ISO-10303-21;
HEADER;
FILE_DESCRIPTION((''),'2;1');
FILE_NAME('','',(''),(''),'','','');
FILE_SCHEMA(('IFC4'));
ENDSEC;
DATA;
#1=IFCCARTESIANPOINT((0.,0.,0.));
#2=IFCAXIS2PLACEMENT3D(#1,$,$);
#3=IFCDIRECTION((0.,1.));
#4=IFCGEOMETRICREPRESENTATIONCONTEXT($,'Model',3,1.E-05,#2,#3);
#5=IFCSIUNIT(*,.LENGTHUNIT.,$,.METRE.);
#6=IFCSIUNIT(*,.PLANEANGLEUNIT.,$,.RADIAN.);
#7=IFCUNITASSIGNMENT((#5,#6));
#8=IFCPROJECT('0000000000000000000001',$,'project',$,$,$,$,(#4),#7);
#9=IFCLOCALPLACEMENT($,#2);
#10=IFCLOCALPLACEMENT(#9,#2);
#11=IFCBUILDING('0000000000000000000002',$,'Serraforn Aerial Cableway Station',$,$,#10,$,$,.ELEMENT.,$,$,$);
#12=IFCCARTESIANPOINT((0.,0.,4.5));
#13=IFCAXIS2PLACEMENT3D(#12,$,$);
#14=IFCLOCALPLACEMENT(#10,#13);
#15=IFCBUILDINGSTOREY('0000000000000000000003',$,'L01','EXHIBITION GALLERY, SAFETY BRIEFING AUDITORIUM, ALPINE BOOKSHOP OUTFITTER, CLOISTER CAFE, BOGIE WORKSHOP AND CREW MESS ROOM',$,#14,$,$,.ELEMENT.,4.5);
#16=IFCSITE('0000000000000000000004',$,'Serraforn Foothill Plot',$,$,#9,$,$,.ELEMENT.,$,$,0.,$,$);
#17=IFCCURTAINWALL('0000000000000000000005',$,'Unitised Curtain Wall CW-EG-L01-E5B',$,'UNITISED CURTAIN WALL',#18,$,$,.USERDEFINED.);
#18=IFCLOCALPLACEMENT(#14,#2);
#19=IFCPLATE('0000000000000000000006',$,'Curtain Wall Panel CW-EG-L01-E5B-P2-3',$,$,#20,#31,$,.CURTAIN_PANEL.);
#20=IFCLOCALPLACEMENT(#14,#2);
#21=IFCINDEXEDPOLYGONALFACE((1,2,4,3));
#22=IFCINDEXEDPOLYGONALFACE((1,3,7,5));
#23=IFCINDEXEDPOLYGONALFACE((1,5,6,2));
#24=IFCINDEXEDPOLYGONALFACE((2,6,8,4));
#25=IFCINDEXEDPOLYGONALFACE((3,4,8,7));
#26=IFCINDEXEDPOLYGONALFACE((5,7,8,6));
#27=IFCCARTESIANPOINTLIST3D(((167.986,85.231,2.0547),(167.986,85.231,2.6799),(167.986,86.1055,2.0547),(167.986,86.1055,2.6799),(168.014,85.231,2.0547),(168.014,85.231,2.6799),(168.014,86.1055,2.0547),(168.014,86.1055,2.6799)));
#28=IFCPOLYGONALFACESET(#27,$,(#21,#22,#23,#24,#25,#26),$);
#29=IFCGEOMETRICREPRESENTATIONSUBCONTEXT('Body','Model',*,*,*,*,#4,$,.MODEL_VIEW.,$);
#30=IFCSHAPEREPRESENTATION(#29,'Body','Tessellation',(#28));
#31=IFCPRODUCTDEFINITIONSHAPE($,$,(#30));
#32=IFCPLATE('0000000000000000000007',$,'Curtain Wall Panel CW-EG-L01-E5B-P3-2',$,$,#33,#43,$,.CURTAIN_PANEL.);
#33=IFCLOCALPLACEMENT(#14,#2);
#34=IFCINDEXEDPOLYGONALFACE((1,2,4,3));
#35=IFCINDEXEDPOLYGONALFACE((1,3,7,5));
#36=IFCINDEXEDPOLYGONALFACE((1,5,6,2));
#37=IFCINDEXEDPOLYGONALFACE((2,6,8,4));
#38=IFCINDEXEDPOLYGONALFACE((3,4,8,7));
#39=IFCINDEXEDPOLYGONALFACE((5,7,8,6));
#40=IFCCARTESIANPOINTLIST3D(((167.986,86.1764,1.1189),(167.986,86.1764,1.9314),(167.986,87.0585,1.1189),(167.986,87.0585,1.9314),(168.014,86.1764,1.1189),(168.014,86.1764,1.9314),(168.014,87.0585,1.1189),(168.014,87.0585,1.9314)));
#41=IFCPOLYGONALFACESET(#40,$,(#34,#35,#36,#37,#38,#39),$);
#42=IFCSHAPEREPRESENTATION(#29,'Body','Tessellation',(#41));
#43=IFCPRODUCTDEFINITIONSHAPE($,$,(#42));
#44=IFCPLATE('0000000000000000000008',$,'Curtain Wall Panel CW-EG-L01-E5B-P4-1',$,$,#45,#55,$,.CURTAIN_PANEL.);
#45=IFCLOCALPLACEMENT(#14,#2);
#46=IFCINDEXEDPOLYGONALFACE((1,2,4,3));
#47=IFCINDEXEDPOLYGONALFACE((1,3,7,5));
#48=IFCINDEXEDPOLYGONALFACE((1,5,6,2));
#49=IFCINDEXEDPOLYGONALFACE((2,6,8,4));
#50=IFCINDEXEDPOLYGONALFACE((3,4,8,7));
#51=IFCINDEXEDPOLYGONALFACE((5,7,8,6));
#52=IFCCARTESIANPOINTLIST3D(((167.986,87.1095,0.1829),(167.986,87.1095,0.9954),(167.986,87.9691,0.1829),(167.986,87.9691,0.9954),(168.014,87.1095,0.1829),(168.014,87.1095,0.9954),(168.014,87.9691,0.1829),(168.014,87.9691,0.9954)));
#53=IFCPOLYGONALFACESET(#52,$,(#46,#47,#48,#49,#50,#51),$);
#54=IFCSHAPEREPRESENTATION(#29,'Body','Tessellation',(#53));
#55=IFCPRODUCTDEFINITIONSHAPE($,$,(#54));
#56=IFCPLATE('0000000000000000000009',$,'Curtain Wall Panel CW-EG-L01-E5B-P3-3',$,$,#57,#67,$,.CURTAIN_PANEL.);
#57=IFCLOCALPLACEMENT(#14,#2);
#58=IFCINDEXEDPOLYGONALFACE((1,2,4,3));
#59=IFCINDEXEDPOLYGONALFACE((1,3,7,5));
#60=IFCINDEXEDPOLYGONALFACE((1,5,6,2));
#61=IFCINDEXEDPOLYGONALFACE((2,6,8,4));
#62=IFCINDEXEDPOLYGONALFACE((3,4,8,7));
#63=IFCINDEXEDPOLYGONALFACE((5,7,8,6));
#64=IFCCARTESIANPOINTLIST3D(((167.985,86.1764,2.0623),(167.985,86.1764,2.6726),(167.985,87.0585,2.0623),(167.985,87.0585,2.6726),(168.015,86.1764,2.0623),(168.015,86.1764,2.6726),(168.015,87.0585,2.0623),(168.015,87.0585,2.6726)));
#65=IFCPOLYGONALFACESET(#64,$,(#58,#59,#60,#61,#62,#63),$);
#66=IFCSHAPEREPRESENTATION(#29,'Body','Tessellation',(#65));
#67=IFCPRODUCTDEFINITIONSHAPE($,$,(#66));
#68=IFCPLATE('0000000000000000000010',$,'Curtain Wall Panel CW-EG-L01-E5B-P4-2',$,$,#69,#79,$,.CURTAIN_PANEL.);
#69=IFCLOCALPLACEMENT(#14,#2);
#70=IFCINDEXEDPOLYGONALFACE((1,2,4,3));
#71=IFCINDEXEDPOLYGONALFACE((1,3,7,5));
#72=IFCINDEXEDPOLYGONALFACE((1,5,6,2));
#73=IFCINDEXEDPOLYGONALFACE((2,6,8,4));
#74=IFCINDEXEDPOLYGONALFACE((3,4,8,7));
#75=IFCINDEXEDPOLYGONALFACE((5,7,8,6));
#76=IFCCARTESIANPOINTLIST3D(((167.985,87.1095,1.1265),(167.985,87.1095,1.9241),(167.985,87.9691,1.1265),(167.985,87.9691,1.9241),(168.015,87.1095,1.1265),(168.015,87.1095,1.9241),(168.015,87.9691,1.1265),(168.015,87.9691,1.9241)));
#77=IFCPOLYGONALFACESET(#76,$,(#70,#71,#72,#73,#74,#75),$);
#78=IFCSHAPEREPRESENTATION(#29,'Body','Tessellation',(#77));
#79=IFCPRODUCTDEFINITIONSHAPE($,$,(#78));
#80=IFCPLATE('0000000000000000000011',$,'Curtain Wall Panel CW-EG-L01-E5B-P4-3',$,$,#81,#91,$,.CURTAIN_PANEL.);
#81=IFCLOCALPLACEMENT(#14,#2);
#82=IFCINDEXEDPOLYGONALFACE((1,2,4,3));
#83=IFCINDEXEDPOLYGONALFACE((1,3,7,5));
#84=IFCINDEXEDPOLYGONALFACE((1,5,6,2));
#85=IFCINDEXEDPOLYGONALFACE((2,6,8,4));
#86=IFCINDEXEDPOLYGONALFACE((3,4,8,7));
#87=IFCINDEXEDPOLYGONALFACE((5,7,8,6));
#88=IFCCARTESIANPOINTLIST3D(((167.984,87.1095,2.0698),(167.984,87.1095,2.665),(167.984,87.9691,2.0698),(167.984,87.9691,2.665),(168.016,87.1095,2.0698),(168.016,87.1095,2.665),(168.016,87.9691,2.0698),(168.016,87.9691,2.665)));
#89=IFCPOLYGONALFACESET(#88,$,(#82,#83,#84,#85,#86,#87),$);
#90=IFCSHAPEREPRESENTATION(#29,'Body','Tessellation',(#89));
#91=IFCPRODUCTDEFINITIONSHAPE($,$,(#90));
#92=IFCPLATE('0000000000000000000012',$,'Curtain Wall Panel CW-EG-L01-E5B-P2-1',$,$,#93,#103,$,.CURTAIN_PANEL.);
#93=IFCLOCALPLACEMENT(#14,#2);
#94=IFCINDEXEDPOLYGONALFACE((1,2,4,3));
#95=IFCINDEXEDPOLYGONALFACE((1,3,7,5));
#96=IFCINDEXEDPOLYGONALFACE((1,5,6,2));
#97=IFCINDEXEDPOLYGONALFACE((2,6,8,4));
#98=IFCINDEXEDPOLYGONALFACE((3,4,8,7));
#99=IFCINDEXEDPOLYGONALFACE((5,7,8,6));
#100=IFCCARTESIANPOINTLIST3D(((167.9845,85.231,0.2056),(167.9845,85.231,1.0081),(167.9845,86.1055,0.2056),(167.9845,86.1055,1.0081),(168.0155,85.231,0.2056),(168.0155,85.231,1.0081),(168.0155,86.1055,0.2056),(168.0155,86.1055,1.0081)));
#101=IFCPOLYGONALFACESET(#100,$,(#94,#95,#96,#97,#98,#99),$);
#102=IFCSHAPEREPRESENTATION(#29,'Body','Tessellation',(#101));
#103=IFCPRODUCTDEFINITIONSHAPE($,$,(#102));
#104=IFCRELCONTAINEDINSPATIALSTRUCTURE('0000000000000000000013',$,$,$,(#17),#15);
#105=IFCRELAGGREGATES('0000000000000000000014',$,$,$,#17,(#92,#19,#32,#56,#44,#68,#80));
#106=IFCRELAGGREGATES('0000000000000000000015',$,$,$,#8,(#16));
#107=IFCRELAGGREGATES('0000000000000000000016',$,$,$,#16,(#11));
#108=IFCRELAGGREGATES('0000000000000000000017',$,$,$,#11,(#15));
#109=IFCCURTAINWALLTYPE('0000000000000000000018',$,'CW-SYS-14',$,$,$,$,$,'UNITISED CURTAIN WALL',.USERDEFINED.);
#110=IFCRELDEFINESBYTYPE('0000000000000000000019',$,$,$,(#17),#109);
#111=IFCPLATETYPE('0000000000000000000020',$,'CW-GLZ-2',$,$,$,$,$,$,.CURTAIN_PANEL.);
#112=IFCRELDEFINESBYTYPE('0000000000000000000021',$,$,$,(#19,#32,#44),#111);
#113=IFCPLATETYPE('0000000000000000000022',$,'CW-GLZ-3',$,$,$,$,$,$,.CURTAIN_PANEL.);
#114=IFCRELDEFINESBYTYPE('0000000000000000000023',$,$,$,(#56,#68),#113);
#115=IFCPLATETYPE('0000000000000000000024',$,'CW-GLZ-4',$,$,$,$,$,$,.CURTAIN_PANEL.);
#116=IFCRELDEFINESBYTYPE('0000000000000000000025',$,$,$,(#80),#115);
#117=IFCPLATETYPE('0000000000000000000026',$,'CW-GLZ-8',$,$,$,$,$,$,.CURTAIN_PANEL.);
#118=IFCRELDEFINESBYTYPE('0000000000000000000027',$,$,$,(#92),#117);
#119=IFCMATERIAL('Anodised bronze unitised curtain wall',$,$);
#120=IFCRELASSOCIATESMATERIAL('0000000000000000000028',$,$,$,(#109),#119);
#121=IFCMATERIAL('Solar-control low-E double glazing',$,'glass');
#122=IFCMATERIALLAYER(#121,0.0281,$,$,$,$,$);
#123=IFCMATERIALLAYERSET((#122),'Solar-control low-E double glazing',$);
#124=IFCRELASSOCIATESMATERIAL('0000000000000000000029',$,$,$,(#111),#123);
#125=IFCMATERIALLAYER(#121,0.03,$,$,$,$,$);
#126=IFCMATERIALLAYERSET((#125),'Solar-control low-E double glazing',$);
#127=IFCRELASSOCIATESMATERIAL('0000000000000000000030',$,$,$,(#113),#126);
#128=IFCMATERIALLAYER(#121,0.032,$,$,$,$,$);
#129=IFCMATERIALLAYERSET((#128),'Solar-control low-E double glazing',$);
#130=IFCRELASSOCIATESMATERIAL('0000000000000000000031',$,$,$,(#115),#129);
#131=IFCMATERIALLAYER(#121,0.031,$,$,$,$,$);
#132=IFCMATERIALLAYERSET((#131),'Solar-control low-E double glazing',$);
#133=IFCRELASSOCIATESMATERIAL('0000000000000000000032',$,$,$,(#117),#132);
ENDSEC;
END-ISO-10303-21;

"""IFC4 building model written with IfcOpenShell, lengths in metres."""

from ifc_helpers import new_model, si_unit, direction, frame, origin, origin_2d, place, context, subcontext, project, spatial, rectangle, extrude, material, layer, layer_set, type_object, element, aggregate, save


model = new_model("IFC4")

# Units and contexts
model_context = context("Model", 3, precision=1e-05, world=origin(), true_north=direction((0.0, 1.0)))
body_context = subcontext(model_context, "Body", "Model", "MODEL_VIEW")
ifc_project = project(units=[si_unit("LENGTHUNIT", "METRE"), si_unit("PLANEANGLEUNIT", "RADIAN")], contexts=[model_context])

# Site, building, storey
site_placement = place(None, origin())
site = spatial("IfcSite", under=ifc_project, at=site_placement, Name="Serraforn Foothill Plot", CompositionType="ELEMENT", RefElevation=0.0)
building_placement = place(site_placement, origin())
building = spatial("IfcBuilding", under=site, at=building_placement, Name="Serraforn Aerial Cableway Station", CompositionType="ELEMENT")
storey_placement = place(building_placement, frame((0.0, 0.0, 4.5)))
storey = spatial("IfcBuildingStorey", under=building, at=storey_placement, Name="L01", Description="EXHIBITION GALLERY, SAFETY BRIEFING AUDITORIUM, ALPINE BOOKSHOP OUTFITTER, CLOISTER CAFE, BOGIE WORKSHOP AND CREW MESS ROOM", CompositionType="ELEMENT", Elevation=4.5)

# Curtain wall
ifc_material_1 = material(Name="Anodised bronze unitised curtain wall")
curtain_wall_type_1 = type_object("IfcCurtainWallType", Name="CW-SYS-14", ElementType="UNITISED CURTAIN WALL", PredefinedType="USERDEFINED", material=ifc_material_1)
curtain_wall_1_placement = place(storey_placement, origin())
curtain_wall_1 = element("IfcCurtainWall", 1, at=curtain_wall_1_placement, inside=storey, type_object=curtain_wall_type_1, Name="Unitised Curtain Wall CW-EG-L01-E5B", ObjectType="UNITISED CURTAIN WALL", PredefinedType="USERDEFINED")

# Plates
ifc_material_2 = material(Name="Solar-control low-E double glazing", Category="glass")
ifc_layer_1 = layer(ifc_material_2, 0.0281)
ifc_layer_set_1 = layer_set([ifc_layer_1], Name="Solar-control low-E double glazing")
plate_type_1 = type_object("IfcPlateType", Name="CW-GLZ-2", PredefinedType="CURTAIN_PANEL", material=ifc_layer_set_1)
plate_1_placement = place(storey_placement, frame((168.0, 85.6682, 2.0547), z_axis=(0.0, 0.0, 1.0), x_axis=(1.0, 0.0, 0.0)))
plate_1 = element("IfcPlate", 2, at=plate_1_placement, type_object=plate_type_1, Name="Curtain Wall Panel CW-EG-L01-E5B-P2-3", PredefinedType="CURTAIN_PANEL", context=body_context, shape_type="SweptSolid", body=[
    extrude(rectangle(XDim=0.0281, YDim=0.8745, at=origin_2d()), origin(), (0.0, 0.0, 1.0), 0.6252),
])
plate_2_placement = place(storey_placement, frame((168.0, 86.6174, 1.1189), z_axis=(0.0, 0.0, 1.0), x_axis=(1.0, 0.0, 0.0)))
plate_2 = element("IfcPlate", 3, at=plate_2_placement, type_object=plate_type_1, Name="Curtain Wall Panel CW-EG-L01-E5B-P3-2", PredefinedType="CURTAIN_PANEL", context=body_context, shape_type="SweptSolid", body=[
    extrude(rectangle(XDim=0.0281, YDim=0.8821, at=origin_2d()), origin(), (0.0, 0.0, 1.0), 0.8125),
])
plate_3_placement = place(storey_placement, frame((168.0, 87.5393, 0.1829), z_axis=(0.0, 0.0, 1.0), x_axis=(1.0, 0.0, 0.0)))
plate_3 = element("IfcPlate", 4, at=plate_3_placement, type_object=plate_type_1, Name="Curtain Wall Panel CW-EG-L01-E5B-P4-1", PredefinedType="CURTAIN_PANEL", context=body_context, shape_type="SweptSolid", body=[
    extrude(rectangle(XDim=0.0281, YDim=0.8596, at=origin_2d()), origin(), (0.0, 0.0, 1.0), 0.8125),
])
ifc_layer_2 = layer(ifc_material_2, 0.03)
ifc_layer_set_2 = layer_set([ifc_layer_2], Name="Solar-control low-E double glazing")
plate_type_2 = type_object("IfcPlateType", Name="CW-GLZ-3", PredefinedType="CURTAIN_PANEL", material=ifc_layer_set_2)
plate_4_placement = place(storey_placement, frame((168.0, 86.6174, 2.0623), z_axis=(0.0, 0.0, 1.0), x_axis=(1.0, 0.0, 0.0)))
plate_4 = element("IfcPlate", 5, at=plate_4_placement, type_object=plate_type_2, Name="Curtain Wall Panel CW-EG-L01-E5B-P3-3", PredefinedType="CURTAIN_PANEL", context=body_context, shape_type="SweptSolid", body=[
    extrude(rectangle(XDim=0.03, YDim=0.8821, at=origin_2d()), origin(), (0.0, 0.0, 1.0), 0.6104),
])
plate_5_placement = place(storey_placement, frame((168.0, 87.5393, 1.1265), z_axis=(0.0, 0.0, 1.0), x_axis=(1.0, 0.0, 0.0)))
plate_5 = element("IfcPlate", 6, at=plate_5_placement, type_object=plate_type_2, Name="Curtain Wall Panel CW-EG-L01-E5B-P4-2", PredefinedType="CURTAIN_PANEL", context=body_context, shape_type="SweptSolid", body=[
    extrude(rectangle(XDim=0.03, YDim=0.8596, at=origin_2d()), origin(), (0.0, 0.0, 1.0), 0.7976),
])
ifc_layer_3 = layer(ifc_material_2, 0.032)
ifc_layer_set_3 = layer_set([ifc_layer_3], Name="Solar-control low-E double glazing")
plate_type_3 = type_object("IfcPlateType", Name="CW-GLZ-4", PredefinedType="CURTAIN_PANEL", material=ifc_layer_set_3)
plate_6_placement = place(storey_placement, frame((168.0, 87.5393, 2.0698), z_axis=(0.0, 0.0, 1.0), x_axis=(1.0, 0.0, 0.0)))
plate_6 = element("IfcPlate", 7, at=plate_6_placement, type_object=plate_type_3, Name="Curtain Wall Panel CW-EG-L01-E5B-P4-3", PredefinedType="CURTAIN_PANEL", context=body_context, shape_type="SweptSolid", body=[
    extrude(rectangle(XDim=0.032, YDim=0.8596, at=origin_2d()), origin(), (0.0, 0.0, 1.0), 0.5952),
])
ifc_layer_4 = layer(ifc_material_2, 0.031)
ifc_layer_set_4 = layer_set([ifc_layer_4], Name="Solar-control low-E double glazing")
plate_type_4 = type_object("IfcPlateType", Name="CW-GLZ-8", PredefinedType="CURTAIN_PANEL", material=ifc_layer_set_4)
plate_7_placement = place(storey_placement, frame((168.0, 85.6682, 0.2056), z_axis=(0.0, 0.0, 1.0), x_axis=(1.0, 0.0, 0.0)))
plate_7 = element("IfcPlate", 8, at=plate_7_placement, type_object=plate_type_4, Name="Curtain Wall Panel CW-EG-L01-E5B-P2-1", PredefinedType="CURTAIN_PANEL", context=body_context, shape_type="SweptSolid", body=[
    extrude(rectangle(XDim=0.031, YDim=0.8745, at=origin_2d()), origin(), (0.0, 0.0, 1.0), 0.8025),
])
aggregate(curtain_wall_1, [plate_7, plate_1, plate_2, plate_4, plate_3, plate_5, plate_6])

save(model, "model.ifc")
